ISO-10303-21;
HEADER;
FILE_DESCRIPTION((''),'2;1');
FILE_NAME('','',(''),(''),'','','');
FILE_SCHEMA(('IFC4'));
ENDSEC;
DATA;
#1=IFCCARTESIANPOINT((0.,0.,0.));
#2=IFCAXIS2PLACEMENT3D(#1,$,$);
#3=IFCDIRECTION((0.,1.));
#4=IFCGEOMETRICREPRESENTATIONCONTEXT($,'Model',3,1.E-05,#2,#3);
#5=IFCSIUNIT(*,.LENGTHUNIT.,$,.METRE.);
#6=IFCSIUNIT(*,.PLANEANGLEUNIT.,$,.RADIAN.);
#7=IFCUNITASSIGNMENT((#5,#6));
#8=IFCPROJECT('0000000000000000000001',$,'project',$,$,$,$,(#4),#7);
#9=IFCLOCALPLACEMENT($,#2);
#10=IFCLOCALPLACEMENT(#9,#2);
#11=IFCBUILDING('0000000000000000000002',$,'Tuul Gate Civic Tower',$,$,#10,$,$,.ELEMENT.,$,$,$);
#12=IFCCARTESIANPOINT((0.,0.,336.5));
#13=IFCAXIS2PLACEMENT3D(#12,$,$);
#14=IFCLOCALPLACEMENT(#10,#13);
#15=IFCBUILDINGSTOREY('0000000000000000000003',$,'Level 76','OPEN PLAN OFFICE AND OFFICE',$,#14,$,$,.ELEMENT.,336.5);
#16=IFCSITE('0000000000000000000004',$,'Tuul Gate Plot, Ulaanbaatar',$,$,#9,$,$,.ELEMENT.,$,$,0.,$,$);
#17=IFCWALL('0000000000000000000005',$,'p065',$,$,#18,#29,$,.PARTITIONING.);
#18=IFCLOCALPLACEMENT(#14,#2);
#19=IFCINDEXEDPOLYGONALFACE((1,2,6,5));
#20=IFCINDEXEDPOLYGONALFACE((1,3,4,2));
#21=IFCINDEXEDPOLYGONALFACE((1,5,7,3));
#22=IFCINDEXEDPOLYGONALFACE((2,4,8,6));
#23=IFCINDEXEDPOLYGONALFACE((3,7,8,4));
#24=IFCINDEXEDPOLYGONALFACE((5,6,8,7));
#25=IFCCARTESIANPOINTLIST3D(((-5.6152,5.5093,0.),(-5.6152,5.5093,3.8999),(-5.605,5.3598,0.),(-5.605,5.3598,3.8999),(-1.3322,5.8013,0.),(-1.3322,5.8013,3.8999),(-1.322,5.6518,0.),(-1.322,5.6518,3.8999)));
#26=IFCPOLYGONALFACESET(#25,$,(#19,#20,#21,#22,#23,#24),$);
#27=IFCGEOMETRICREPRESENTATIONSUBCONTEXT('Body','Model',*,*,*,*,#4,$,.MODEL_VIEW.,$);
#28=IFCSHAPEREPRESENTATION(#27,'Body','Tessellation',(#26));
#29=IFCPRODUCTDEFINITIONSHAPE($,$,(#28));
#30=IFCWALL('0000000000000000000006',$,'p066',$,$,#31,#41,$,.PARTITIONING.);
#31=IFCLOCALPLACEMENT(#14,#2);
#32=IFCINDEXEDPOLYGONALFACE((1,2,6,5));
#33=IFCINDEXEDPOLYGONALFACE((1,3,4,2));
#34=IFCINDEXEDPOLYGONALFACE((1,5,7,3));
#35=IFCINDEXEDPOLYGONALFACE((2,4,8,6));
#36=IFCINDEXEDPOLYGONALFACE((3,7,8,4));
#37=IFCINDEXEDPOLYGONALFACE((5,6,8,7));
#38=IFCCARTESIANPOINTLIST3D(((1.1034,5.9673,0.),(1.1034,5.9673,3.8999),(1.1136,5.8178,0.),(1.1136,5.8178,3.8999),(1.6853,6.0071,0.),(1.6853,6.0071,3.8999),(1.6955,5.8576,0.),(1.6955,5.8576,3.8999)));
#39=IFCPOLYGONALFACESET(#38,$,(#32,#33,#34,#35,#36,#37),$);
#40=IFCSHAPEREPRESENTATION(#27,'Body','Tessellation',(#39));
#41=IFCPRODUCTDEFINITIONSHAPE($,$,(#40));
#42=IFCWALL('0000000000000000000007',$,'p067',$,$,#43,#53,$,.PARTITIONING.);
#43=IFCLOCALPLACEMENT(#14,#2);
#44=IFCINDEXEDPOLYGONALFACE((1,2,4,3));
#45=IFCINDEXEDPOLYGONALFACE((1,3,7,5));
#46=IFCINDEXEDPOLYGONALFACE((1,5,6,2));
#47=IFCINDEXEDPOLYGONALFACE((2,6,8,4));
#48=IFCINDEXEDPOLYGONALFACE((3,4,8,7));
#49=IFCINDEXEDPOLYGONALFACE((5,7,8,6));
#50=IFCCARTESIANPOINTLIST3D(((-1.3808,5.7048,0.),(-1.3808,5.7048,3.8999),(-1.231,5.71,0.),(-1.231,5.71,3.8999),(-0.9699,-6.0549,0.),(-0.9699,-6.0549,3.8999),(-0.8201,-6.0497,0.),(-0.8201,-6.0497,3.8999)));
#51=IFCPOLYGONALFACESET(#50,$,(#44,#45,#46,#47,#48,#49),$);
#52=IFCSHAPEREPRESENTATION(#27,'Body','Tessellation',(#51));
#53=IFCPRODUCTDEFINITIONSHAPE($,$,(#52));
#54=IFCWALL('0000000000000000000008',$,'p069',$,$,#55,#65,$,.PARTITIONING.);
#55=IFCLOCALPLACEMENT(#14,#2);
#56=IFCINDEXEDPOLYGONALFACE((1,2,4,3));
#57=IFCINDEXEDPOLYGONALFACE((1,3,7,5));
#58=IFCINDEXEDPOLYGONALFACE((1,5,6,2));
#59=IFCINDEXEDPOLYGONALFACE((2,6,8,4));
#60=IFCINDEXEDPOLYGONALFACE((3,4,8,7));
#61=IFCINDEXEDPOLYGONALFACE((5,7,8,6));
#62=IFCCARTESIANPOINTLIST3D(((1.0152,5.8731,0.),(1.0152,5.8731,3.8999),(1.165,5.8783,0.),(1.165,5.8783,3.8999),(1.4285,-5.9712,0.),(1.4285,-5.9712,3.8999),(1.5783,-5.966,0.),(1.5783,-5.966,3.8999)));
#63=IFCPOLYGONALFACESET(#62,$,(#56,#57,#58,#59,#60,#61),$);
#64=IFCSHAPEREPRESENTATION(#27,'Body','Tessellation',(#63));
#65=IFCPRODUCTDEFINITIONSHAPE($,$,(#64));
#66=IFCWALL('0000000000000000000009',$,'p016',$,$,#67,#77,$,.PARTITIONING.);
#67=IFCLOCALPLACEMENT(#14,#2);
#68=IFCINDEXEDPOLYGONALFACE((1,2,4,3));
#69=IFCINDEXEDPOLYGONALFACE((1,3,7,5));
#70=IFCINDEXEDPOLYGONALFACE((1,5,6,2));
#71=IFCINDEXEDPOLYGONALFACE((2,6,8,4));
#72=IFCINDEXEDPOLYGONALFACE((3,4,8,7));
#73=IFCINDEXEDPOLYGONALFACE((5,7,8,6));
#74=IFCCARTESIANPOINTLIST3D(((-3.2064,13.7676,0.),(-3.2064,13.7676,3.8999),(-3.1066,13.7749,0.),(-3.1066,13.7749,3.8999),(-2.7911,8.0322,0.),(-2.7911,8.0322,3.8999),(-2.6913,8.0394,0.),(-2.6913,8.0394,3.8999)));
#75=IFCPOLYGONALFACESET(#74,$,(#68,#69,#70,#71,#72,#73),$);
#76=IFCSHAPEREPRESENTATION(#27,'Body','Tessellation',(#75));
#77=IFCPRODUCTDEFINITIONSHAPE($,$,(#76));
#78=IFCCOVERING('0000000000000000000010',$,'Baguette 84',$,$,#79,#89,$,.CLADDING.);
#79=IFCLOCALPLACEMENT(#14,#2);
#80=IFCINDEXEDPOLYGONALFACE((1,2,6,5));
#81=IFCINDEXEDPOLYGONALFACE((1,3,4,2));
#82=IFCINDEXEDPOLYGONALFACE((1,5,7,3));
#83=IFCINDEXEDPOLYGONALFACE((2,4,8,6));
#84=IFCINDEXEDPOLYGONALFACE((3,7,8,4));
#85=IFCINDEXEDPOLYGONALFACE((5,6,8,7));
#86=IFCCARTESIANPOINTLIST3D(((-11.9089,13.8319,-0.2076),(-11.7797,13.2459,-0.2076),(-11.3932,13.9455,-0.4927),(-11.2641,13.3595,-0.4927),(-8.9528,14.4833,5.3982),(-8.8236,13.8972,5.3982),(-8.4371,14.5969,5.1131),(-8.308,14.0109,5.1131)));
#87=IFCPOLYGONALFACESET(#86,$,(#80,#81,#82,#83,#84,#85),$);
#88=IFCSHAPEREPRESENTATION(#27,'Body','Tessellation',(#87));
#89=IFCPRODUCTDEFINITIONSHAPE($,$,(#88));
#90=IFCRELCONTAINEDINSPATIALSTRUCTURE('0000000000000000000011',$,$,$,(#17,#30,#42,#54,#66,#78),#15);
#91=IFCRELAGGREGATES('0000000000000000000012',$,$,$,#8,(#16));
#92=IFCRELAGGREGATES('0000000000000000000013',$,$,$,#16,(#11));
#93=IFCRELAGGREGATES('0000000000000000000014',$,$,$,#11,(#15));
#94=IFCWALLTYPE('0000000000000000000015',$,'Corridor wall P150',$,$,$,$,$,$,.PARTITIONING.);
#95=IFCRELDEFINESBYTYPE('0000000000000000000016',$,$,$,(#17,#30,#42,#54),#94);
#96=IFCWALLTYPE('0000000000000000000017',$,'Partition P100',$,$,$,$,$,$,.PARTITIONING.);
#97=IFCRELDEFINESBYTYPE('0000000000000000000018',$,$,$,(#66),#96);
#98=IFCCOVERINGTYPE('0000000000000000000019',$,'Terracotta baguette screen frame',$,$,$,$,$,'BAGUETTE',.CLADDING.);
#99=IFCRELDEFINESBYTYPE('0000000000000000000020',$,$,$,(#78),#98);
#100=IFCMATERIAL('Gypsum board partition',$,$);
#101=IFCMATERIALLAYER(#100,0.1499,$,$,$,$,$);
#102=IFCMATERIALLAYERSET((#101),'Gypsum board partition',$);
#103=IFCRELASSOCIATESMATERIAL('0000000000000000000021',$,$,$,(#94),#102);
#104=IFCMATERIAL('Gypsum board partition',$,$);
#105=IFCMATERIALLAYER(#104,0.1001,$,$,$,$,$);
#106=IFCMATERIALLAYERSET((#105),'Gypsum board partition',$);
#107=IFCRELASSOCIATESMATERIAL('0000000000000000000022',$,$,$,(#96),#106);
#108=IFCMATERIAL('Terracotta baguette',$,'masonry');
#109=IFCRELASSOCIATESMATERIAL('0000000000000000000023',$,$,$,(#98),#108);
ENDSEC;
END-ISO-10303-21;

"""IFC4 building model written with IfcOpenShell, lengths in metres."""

from ifc_helpers import new_model, si_unit, direction, frame, frame_2d, origin, origin_2d, place, context, subcontext, project, spatial, rectangle, extrude, material, layer, layer_set, material_profile, profile_set, type_object, element, save


model = new_model("IFC4")

# Units and contexts
model_context = context("Model", 3, precision=1e-05, world=origin(), true_north=direction((0.0, 1.0)))
body_context = subcontext(model_context, "Body", "Model", "MODEL_VIEW")
ifc_project = project(units=[si_unit("LENGTHUNIT", "METRE"), si_unit("PLANEANGLEUNIT", "RADIAN")], contexts=[model_context])

# Site, building, storey
site_placement = place(None, origin())
site = spatial("IfcSite", under=ifc_project, at=site_placement, Name="Tuul Gate Plot, Ulaanbaatar", CompositionType="ELEMENT", RefElevation=0.0)
building_placement = place(site_placement, origin())
building = spatial("IfcBuilding", under=site, at=building_placement, Name="Tuul Gate Civic Tower", CompositionType="ELEMENT")
storey_placement = place(building_placement, frame((0.0, 0.0, 336.5)))
storey = spatial("IfcBuildingStorey", under=building, at=storey_placement, Name="Level 76", Description="OPEN PLAN OFFICE AND OFFICE", CompositionType="ELEMENT", Elevation=336.5)

# Shared definitions
ifc_material_1 = material(Name="Gypsum board partition")
ifc_layer_1 = layer(ifc_material_1, 0.1499)
ifc_layer_set_1 = layer_set([ifc_layer_1], Name="Gypsum board partition")
wall_type_1 = type_object("IfcWallType", Name="Corridor wall P150", PredefinedType="PARTITIONING", material=ifc_layer_set_1)

# Walls
wall_1_placement = place(storey_placement, frame((-5.6101, 5.4346, 0.0), z_axis=(0.0, 0.0, 1.0), x_axis=(0.997684, 0.068017, 0.0)))
element("IfcWall", 1, at=wall_1_placement, inside=storey, type_object=wall_type_1, Name="p065", PredefinedType="PARTITIONING", context=body_context, shape_type="SweptSolid", body=[
    extrude(rectangle(XDim=4.293, YDim=0.1499, at=frame_2d((2.1465, 0.0))), origin(), (0.0, 0.0, 1.0), 3.8999),
])
wall_2_placement = place(storey_placement, frame((1.1086, 5.8926, 0.0), z_axis=(0.0, 0.0, 1.0), x_axis=(0.997669, 0.068242, 0.0)))
element("IfcWall", 2, at=wall_2_placement, inside=storey, type_object=wall_type_1, Name="p066", PredefinedType="PARTITIONING", context=body_context, shape_type="SweptSolid", body=[
    extrude(rectangle(XDim=0.5833, YDim=0.1499, at=frame_2d((0.2915, 0.0))), origin(), (0.0, 0.0, 1.0), 3.8999),
])
wall_3_placement = place(storey_placement, frame((-1.3059, 5.7073, 0.0), z_axis=(0.0, 0.0, 1.0), x_axis=(0.034919, -0.99939, 0.0)))
element("IfcWall", 3, at=wall_3_placement, inside=storey, type_object=wall_type_1, Name="p067", PredefinedType="PARTITIONING", context=body_context, shape_type="SweptSolid", body=[
    extrude(rectangle(XDim=11.7668, YDim=0.1499, at=frame_2d((5.8833, 0.0))), origin(), (0.0, 0.0, 1.0), 3.8999),
])
wall_4_placement = place(storey_placement, frame((1.0901, 5.8757, 0.0), z_axis=(0.0, 0.0, 1.0), x_axis=(0.034876, -0.999392, 0.0)))
element("IfcWall", 4, at=wall_4_placement, inside=storey, type_object=wall_type_1, Name="p069", PredefinedType="PARTITIONING", context=body_context, shape_type="SweptSolid", body=[
    extrude(rectangle(XDim=11.8516, YDim=0.1499, at=frame_2d((5.9258, 0.0))), origin(), (0.0, 0.0, 1.0), 3.8999),
])
ifc_material_2 = material(Name="Gypsum board partition")
ifc_layer_2 = layer(ifc_material_2, 0.1001)
ifc_layer_set_2 = layer_set([ifc_layer_2], Name="Gypsum board partition")
wall_type_2 = type_object("IfcWallType", Name="Partition P100", PredefinedType="PARTITIONING", material=ifc_layer_set_2)
wall_5_placement = place(storey_placement, frame((-3.1565, 13.7712, 0.0), z_axis=(0.0, 0.0, 1.0), x_axis=(0.072219, -0.997389, 0.0)))
element("IfcWall", 5, at=wall_5_placement, inside=storey, type_object=wall_type_2, Name="p016", PredefinedType="PARTITIONING", context=body_context, shape_type="SweptSolid", body=[
    extrude(rectangle(XDim=5.7505, YDim=0.1001, at=frame_2d((2.8752, 0.0))), origin(), (0.0, 0.0, 1.0), 3.8999),
])

# Covering
ifc_material_3 = material(Name="Terracotta baguette", Category="masonry")
ifc_material_profile_1 = material_profile(ifc_material_3, rectangle(XDim=0.6001, YDim=0.6001, at=origin_2d()), Name="Terracotta baguette screen frame")
ifc_profile_set_1 = profile_set([ifc_material_profile_1], Name="Terracotta baguette")
covering_type = type_object("IfcCoveringType", Name="Terracotta baguette screen frame", ElementType="BAGUETTE", PredefinedType="CLADDING", material=ifc_profile_set_1)
covering_placement = place(storey_placement, frame((-8.6304, 14.2471, 5.2556), z_axis=(-0.464004, -0.102243, -0.879913), x_axis=(0.215188, -0.976573, 0.0)))
element("IfcCovering", 6, at=covering_placement, inside=storey, type_object=covering_type, Name="Baguette 84", PredefinedType="CLADDING", context=body_context, shape_type="SweptSolid", body=[
    extrude(rectangle(XDim=0.6001, YDim=0.6001, at=origin_2d()), origin(), (0.0, 0.0, 1.0), 6.3708),
])

save(model, "model.ifc")
